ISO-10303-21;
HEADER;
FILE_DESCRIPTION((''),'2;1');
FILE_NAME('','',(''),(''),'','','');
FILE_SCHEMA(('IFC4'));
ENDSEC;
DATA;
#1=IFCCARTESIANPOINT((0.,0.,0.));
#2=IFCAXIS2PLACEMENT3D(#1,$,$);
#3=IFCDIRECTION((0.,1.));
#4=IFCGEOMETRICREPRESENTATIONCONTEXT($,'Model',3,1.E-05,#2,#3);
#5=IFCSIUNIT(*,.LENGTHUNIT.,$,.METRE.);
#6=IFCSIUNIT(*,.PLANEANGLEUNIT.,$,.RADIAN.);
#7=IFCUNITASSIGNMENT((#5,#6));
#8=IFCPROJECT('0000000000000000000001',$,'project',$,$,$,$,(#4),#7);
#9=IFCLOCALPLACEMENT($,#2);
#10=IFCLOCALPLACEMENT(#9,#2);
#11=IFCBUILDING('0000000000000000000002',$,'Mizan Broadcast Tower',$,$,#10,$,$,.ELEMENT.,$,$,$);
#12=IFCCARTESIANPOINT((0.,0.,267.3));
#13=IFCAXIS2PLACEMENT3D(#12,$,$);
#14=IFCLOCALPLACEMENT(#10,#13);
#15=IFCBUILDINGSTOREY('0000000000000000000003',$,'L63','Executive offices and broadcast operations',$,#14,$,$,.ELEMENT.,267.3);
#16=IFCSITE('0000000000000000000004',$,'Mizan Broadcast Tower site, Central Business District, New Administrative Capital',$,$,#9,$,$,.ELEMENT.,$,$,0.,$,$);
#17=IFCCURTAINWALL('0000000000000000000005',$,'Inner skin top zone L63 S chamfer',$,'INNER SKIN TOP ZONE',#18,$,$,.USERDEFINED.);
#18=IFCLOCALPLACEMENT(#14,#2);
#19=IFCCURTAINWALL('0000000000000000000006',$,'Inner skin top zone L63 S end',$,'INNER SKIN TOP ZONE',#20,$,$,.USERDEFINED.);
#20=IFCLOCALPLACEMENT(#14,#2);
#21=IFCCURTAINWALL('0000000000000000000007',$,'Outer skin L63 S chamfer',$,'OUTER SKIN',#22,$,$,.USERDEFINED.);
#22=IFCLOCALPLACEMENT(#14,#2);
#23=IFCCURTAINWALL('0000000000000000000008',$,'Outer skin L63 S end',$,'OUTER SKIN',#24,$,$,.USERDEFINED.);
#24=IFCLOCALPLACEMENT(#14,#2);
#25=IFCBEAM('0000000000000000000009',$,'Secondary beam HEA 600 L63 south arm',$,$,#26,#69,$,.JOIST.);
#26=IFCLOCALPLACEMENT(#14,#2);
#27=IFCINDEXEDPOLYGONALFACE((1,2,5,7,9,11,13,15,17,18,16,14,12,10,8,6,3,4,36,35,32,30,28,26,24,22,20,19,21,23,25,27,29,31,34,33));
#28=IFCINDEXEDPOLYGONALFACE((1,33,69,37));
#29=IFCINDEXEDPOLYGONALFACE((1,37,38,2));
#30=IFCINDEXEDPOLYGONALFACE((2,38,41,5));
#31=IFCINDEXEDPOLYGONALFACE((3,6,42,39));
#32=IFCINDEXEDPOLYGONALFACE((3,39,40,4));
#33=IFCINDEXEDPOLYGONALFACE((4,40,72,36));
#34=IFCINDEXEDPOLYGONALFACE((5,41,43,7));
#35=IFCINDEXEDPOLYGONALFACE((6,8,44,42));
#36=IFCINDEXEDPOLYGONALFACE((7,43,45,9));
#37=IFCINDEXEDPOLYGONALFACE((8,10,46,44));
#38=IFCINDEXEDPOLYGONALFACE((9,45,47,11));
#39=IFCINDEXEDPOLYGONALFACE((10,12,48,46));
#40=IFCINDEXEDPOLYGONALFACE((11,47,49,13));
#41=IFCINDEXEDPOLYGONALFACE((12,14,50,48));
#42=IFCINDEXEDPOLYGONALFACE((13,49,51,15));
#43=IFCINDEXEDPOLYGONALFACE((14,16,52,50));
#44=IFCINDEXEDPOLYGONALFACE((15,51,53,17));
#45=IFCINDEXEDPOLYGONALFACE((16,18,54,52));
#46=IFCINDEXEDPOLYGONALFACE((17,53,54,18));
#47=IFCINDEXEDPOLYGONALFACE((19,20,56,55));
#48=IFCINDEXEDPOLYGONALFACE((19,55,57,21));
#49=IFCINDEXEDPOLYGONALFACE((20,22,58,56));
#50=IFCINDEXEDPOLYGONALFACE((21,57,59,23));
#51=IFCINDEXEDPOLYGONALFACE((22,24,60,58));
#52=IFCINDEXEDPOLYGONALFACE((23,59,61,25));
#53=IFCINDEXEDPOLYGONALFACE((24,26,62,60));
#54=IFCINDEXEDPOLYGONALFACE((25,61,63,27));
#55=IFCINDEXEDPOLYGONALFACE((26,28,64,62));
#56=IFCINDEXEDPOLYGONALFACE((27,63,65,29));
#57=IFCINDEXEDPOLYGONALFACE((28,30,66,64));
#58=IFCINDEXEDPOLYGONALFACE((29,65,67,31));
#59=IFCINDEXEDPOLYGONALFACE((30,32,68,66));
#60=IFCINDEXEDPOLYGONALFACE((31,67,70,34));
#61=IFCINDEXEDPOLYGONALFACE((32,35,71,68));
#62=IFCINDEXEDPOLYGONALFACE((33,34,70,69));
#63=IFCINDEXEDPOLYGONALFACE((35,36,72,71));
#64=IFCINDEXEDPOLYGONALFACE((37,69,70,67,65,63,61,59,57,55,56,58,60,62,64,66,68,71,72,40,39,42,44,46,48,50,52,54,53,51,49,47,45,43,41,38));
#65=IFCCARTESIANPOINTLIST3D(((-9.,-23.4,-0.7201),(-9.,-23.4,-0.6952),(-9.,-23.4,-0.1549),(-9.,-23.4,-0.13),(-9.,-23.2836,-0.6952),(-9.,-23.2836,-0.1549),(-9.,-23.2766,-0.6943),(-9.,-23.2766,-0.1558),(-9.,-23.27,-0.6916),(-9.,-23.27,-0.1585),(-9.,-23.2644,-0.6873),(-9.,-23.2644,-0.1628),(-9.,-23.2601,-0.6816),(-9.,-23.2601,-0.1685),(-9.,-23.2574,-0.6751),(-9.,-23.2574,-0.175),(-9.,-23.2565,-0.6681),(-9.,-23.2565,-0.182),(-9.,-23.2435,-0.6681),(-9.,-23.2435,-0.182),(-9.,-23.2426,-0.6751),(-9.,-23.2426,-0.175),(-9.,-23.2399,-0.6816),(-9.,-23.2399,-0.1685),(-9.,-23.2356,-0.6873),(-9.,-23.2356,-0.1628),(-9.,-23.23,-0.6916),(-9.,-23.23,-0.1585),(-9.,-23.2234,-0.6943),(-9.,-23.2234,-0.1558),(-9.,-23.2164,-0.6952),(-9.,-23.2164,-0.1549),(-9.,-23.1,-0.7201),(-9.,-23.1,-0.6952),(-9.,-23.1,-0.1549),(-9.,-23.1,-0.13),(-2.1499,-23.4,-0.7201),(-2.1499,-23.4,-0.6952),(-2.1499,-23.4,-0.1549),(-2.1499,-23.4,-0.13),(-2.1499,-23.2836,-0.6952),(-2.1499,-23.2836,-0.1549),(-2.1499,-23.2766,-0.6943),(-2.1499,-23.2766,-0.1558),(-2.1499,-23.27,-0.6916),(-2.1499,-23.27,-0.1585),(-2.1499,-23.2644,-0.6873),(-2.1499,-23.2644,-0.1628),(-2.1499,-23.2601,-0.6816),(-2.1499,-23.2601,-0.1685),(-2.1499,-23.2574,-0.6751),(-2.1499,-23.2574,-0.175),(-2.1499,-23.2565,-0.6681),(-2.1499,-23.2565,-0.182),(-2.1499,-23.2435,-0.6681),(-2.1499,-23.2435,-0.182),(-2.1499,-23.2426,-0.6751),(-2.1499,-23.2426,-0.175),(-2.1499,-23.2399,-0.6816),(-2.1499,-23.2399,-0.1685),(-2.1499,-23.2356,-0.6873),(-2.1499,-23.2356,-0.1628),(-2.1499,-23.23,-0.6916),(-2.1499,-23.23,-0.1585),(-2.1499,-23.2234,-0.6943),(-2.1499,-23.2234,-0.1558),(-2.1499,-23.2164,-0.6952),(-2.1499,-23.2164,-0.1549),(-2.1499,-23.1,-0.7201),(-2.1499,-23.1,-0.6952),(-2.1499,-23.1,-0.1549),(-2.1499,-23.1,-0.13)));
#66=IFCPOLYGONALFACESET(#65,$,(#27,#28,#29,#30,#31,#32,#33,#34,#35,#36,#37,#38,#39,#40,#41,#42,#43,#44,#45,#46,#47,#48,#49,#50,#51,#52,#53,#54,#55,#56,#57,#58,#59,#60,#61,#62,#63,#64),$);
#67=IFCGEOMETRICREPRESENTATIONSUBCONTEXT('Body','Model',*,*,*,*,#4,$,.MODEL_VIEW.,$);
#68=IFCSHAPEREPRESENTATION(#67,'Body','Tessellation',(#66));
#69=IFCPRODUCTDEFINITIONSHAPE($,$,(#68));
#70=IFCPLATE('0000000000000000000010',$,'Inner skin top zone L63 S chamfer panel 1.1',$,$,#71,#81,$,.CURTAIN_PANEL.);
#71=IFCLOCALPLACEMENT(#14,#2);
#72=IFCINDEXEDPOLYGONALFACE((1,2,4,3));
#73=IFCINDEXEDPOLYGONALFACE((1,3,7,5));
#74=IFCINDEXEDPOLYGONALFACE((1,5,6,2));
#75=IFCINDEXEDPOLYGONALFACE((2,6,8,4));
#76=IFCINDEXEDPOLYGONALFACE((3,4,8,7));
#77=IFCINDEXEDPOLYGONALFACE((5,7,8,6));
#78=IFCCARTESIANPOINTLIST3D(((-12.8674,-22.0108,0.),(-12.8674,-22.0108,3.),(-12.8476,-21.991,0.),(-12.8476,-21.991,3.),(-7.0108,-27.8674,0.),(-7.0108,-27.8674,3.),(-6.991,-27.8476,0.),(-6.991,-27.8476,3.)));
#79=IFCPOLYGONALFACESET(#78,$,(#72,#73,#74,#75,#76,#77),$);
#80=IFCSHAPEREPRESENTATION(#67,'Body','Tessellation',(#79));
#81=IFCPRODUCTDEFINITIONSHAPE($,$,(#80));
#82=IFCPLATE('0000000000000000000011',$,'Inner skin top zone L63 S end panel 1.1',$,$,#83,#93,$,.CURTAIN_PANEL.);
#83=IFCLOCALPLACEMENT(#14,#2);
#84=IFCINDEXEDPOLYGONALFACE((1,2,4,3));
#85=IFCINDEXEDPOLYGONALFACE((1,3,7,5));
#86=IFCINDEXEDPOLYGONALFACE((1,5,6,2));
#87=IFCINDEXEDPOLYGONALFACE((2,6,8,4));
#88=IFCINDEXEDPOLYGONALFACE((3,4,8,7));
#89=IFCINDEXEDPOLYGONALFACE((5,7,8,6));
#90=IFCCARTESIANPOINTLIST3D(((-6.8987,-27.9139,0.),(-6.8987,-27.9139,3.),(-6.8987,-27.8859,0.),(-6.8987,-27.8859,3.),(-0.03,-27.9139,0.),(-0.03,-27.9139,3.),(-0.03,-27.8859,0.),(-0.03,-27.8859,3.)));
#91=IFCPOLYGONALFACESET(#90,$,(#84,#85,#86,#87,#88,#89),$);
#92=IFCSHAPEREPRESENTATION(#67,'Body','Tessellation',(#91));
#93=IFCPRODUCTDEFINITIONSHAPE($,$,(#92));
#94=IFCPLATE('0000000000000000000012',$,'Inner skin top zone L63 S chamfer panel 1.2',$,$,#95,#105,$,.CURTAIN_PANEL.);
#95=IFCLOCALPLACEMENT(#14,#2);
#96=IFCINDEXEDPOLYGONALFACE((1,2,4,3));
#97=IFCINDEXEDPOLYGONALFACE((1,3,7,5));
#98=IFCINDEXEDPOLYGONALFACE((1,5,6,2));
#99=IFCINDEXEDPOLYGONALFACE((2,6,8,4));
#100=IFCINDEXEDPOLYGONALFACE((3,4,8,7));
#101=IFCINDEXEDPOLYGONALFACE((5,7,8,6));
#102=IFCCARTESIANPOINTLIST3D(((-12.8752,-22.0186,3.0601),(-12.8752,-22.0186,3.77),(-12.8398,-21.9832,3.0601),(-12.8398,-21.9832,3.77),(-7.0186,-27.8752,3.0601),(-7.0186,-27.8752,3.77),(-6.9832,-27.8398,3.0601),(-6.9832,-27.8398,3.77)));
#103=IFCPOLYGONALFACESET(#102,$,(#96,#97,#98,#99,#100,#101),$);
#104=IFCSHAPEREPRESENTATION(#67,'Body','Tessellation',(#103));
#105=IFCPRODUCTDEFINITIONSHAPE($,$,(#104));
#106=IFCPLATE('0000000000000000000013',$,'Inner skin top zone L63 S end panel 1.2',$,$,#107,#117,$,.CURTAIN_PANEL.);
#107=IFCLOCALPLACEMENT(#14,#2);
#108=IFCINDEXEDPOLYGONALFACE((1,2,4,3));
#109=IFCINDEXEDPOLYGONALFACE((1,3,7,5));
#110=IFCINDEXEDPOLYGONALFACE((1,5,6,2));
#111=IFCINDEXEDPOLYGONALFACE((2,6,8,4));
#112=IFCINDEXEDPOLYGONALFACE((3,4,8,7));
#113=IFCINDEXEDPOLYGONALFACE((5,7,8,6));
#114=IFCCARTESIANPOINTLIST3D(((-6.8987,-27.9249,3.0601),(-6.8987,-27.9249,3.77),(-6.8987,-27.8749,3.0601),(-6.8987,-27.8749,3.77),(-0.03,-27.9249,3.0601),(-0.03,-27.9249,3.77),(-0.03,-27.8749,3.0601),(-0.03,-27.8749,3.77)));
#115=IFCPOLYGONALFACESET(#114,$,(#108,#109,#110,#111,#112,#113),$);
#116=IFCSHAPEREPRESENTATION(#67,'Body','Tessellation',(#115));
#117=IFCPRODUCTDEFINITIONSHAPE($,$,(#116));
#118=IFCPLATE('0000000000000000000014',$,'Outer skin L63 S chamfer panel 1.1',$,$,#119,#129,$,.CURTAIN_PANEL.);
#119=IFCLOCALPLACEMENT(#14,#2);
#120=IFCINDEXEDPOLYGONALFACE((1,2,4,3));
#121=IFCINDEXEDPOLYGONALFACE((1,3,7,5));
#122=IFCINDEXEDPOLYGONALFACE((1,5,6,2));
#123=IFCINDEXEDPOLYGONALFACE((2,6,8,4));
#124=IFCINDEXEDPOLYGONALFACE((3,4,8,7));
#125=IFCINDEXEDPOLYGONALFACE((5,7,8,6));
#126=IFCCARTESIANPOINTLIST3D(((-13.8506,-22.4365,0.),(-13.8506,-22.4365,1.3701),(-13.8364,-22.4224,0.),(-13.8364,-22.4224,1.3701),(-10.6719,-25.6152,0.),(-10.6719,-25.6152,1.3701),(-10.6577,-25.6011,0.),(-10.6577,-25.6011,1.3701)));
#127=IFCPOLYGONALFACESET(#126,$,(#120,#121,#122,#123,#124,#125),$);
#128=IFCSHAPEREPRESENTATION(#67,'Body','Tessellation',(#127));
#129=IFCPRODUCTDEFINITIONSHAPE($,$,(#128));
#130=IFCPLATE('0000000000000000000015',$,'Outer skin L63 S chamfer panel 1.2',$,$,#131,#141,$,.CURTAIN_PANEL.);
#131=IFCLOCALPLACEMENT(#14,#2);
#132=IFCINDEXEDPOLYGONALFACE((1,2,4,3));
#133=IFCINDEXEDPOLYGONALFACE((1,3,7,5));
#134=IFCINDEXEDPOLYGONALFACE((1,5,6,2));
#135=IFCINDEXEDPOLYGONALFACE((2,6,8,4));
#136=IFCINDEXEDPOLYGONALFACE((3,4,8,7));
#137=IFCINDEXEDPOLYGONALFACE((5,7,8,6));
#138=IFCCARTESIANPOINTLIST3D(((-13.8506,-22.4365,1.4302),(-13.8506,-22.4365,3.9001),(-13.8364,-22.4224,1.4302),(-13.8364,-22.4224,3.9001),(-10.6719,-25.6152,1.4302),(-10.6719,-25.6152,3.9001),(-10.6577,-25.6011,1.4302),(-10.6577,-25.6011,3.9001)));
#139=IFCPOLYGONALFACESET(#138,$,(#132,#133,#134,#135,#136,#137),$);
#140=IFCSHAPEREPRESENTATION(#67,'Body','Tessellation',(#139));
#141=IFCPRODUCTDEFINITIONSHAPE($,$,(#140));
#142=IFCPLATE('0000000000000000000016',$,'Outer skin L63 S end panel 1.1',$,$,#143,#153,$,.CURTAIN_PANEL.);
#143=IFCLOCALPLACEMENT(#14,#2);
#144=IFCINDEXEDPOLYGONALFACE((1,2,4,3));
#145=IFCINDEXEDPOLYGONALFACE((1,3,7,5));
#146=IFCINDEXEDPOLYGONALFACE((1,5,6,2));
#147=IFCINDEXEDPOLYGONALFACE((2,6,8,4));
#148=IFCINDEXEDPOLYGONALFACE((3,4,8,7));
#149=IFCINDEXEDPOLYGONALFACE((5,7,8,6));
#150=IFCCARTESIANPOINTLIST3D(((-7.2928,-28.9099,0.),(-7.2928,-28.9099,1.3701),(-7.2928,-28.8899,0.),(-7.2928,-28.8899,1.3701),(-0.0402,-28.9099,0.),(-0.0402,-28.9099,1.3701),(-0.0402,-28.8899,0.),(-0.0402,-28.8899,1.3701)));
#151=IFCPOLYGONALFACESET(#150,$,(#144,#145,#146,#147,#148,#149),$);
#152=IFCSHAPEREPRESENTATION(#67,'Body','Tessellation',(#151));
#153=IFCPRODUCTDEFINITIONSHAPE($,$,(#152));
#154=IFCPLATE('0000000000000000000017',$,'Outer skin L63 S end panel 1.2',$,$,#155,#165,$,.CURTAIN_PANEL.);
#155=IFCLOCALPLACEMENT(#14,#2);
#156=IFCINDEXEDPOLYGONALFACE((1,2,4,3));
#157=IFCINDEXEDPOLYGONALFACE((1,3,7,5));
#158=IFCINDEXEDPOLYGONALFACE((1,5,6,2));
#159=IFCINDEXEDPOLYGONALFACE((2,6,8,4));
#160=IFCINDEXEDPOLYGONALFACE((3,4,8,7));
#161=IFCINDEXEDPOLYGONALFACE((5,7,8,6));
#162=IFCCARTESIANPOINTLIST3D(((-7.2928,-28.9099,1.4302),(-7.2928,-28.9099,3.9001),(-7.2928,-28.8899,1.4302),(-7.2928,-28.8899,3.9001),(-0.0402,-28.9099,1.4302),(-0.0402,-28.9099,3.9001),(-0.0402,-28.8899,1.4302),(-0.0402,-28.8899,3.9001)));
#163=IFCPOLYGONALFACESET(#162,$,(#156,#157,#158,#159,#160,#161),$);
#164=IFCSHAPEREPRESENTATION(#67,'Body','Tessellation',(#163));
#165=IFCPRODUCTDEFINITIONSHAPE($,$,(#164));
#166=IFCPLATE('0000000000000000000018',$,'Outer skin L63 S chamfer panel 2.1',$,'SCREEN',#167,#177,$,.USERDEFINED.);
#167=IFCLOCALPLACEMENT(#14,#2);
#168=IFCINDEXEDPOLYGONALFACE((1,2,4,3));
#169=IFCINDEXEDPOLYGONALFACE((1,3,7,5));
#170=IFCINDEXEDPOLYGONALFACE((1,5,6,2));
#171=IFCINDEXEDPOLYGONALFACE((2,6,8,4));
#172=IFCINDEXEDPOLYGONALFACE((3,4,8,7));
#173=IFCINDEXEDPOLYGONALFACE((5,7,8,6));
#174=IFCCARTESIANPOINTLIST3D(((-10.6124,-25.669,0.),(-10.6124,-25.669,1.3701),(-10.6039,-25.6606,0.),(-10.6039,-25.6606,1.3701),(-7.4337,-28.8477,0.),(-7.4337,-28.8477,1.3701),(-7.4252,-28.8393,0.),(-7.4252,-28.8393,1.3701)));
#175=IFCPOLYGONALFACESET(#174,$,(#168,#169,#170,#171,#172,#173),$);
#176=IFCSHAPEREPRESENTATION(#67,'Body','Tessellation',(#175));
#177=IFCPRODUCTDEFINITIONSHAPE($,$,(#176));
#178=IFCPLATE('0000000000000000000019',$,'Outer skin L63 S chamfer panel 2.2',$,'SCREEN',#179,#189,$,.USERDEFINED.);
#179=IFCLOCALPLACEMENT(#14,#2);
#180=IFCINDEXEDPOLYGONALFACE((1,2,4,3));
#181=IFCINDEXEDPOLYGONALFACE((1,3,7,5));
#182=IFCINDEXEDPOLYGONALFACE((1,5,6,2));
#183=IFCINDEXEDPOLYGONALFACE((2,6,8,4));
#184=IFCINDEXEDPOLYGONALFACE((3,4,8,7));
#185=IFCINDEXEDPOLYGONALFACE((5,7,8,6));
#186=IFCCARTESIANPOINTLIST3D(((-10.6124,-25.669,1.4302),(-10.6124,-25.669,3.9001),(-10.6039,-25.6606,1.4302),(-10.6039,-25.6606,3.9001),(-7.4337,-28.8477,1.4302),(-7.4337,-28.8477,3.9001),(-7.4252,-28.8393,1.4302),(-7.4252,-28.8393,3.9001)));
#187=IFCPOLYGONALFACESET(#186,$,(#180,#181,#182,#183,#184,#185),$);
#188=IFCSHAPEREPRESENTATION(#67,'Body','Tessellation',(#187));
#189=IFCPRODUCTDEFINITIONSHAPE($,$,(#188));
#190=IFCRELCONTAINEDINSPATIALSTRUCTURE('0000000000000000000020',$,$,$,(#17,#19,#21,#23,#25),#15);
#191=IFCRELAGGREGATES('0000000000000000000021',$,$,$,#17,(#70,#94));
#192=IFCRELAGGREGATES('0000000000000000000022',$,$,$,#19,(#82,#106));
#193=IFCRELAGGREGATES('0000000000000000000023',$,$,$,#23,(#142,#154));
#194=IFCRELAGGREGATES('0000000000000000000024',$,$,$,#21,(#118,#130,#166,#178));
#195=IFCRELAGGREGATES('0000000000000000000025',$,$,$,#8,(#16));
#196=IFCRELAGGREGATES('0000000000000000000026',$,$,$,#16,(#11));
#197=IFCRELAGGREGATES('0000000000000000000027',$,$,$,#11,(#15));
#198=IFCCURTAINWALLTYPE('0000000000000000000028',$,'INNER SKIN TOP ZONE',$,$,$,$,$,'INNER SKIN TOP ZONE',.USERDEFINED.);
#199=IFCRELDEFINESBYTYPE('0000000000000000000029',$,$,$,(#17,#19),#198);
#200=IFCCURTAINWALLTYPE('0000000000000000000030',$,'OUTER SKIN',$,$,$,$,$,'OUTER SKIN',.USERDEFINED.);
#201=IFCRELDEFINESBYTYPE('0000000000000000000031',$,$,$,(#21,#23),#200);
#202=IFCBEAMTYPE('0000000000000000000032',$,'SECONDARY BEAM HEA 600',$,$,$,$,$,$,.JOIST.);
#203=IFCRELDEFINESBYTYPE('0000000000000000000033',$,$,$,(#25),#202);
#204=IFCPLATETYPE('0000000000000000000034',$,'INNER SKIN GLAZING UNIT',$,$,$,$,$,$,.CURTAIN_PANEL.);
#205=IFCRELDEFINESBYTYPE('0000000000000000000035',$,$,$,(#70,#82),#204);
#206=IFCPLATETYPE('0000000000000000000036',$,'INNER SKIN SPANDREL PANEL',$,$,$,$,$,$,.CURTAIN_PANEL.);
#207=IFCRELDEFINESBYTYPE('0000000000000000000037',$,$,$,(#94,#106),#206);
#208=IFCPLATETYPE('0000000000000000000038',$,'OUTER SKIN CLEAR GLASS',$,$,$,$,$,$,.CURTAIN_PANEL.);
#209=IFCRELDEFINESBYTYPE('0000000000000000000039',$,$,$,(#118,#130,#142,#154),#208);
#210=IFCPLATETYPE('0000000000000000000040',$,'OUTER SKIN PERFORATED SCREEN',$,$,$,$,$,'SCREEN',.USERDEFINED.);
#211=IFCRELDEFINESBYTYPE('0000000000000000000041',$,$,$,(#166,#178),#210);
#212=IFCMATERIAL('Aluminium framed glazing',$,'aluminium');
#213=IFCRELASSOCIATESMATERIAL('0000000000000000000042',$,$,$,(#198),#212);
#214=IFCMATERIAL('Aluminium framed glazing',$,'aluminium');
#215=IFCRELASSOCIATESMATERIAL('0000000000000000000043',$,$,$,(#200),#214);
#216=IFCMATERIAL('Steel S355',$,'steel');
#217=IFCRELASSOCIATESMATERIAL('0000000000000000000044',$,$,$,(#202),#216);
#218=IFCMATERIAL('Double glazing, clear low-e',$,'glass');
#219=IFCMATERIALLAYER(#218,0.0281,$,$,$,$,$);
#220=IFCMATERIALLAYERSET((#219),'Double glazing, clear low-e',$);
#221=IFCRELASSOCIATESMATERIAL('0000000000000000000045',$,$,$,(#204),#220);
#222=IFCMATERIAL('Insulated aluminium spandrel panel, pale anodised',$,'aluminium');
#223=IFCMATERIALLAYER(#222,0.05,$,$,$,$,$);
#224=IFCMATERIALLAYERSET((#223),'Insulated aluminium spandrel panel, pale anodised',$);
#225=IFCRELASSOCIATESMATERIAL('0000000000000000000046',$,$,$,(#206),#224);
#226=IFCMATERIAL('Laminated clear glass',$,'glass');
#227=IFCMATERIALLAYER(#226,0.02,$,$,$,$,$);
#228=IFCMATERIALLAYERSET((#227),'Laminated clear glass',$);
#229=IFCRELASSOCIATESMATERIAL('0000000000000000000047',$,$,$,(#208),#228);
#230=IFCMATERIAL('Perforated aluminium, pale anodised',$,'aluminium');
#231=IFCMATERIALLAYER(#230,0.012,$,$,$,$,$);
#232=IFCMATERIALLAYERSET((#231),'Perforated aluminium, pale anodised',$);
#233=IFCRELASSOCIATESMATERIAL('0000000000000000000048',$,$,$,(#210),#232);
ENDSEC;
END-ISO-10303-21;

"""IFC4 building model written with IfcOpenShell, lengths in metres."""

from ifc_helpers import new_model, si_unit, direction, frame, origin, origin_2d, place, context, subcontext, project, spatial, rectangle, i_section, extrude, material, layer, layer_set, material_profile, profile_set, type_object, element, aggregate, save


model = new_model("IFC4")

# Units and contexts
model_context = context("Model", 3, precision=1e-05, world=origin(), true_north=direction((0.0, 1.0)))
body_context = subcontext(model_context, "Body", "Model", "MODEL_VIEW")
ifc_project = project(units=[si_unit("LENGTHUNIT", "METRE"), si_unit("PLANEANGLEUNIT", "RADIAN")], contexts=[model_context])

# Site, building, storey
site_placement = place(None, origin())
site = spatial("IfcSite", under=ifc_project, at=site_placement, Name="Mizan Broadcast Tower site, Central Business District, New Administrative Capital", CompositionType="ELEMENT", RefElevation=0.0)
building_placement = place(site_placement, origin())
building = spatial("IfcBuilding", under=site, at=building_placement, Name="Mizan Broadcast Tower", CompositionType="ELEMENT")
storey_placement = place(building_placement, frame((0.0, 0.0, 267.3)))
storey = spatial("IfcBuildingStorey", under=building, at=storey_placement, Name="L63", Description="Executive offices and broadcast operations", CompositionType="ELEMENT", Elevation=267.3)

# Curtain walls
ifc_material_1 = material(Name="Aluminium framed glazing", Category="aluminium")
curtain_wall_type_1 = type_object("IfcCurtainWallType", Name="INNER SKIN TOP ZONE", ElementType="INNER SKIN TOP ZONE", PredefinedType="USERDEFINED", material=ifc_material_1)
curtain_wall_1_placement = place(storey_placement, origin())
curtain_wall_1 = element("IfcCurtainWall", 1, at=curtain_wall_1_placement, inside=storey, type_object=curtain_wall_type_1, Name="Inner skin top zone L63 S chamfer", ObjectType="INNER SKIN TOP ZONE", PredefinedType="USERDEFINED")
curtain_wall_2_placement = place(storey_placement, origin())
curtain_wall_2 = element("IfcCurtainWall", 2, at=curtain_wall_2_placement, inside=storey, type_object=curtain_wall_type_1, Name="Inner skin top zone L63 S end", ObjectType="INNER SKIN TOP ZONE", PredefinedType="USERDEFINED")

# Curtain wall
ifc_material_2 = material(Name="Aluminium framed glazing", Category="aluminium")
curtain_wall_type_2 = type_object("IfcCurtainWallType", Name="OUTER SKIN", ElementType="OUTER SKIN", PredefinedType="USERDEFINED", material=ifc_material_2)
curtain_wall_3_placement = place(storey_placement, origin())
curtain_wall_3 = element("IfcCurtainWall", 3, at=curtain_wall_3_placement, inside=storey, type_object=curtain_wall_type_2, Name="Outer skin L63 S chamfer", ObjectType="OUTER SKIN", PredefinedType="USERDEFINED")

# Curtain wall
curtain_wall_4_placement = place(storey_placement, origin())
curtain_wall_4 = element("IfcCurtainWall", 4, at=curtain_wall_4_placement, inside=storey, type_object=curtain_wall_type_2, Name="Outer skin L63 S end", ObjectType="OUTER SKIN", PredefinedType="USERDEFINED")

# Beam
ifc_material_3 = material(Name="Steel S355", Category="steel")
ifc_material_profile_1 = material_profile(ifc_material_3, i_section(OverallWidth=0.3, OverallDepth=0.5901, WebThickness=0.0129, FlangeThickness=0.0249, FilletRadius=0.0271, at=origin_2d()), Name="HEA 600")
ifc_profile_set_1 = profile_set([ifc_material_profile_1], Name="Steel S355")
beam_type_1 = type_object("IfcBeamType", Name="SECONDARY BEAM HEA 600", PredefinedType="JOIST", material=ifc_profile_set_1)
beam_1_placement = place(storey_placement, frame((-9.0, -23.25, -0.425), z_axis=(1.0, 0.0, 0.0), x_axis=(0.0, 1.0, 0.0)))
element("IfcBeam", 5, at=beam_1_placement, inside=storey, type_object=beam_type_1, Name="Secondary beam HEA 600 L63 south arm", PredefinedType="JOIST", context=body_context, shape_type="SweptSolid", body=[
    extrude(i_section(OverallWidth=0.3, OverallDepth=0.5901, WebThickness=0.0129, FlangeThickness=0.0249, FilletRadius=0.0271, at=origin_2d()), origin(), (0.0, 0.0, 1.0), 6.8501),
])

# Plates
ifc_material_4 = material(Name="Double glazing, clear low-e", Category="glass")
ifc_layer_1 = layer(ifc_material_4, 0.0281)
ifc_layer_set_1 = layer_set([ifc_layer_1], Name="Double glazing, clear low-e")
plate_type_1 = type_object("IfcPlateType", Name="INNER SKIN GLAZING UNIT", PredefinedType="CURTAIN_PANEL", material=ifc_layer_set_1)
plate_1_placement = place(storey_placement, frame((-9.9292, -24.9292, 0.0), z_axis=(0.0, 0.0, 1.0), x_axis=(0.707107, -0.707107, 0.0)))
plate_1 = element("IfcPlate", 6, at=plate_1_placement, type_object=plate_type_1, Name="Inner skin top zone L63 S chamfer panel 1.1", PredefinedType="CURTAIN_PANEL", context=body_context, shape_type="SweptSolid", body=[
    extrude(rectangle(XDim=8.2825, YDim=0.0281, at=origin_2d()), origin(), (0.0, 0.0, 1.0), 3.0),
])
plate_2_placement = place(storey_placement, frame((-3.4644, -27.8999, 0.0), z_axis=(0.0, 0.0, 1.0), x_axis=(1.0, 0.0, 0.0)))
plate_2 = element("IfcPlate", 7, at=plate_2_placement, type_object=plate_type_1, Name="Inner skin top zone L63 S end panel 1.1", PredefinedType="CURTAIN_PANEL", context=body_context, shape_type="SweptSolid", body=[
    extrude(rectangle(XDim=6.8687, YDim=0.0281, at=origin_2d()), origin(), (0.0, 0.0, 1.0), 3.0),
])
ifc_material_5 = material(Name="Insulated aluminium spandrel panel, pale anodised", Category="aluminium")
ifc_layer_2 = layer(ifc_material_5, 0.05)
ifc_layer_set_2 = layer_set([ifc_layer_2], Name="Insulated aluminium spandrel panel, pale anodised")
plate_type_2 = type_object("IfcPlateType", Name="INNER SKIN SPANDREL PANEL", PredefinedType="CURTAIN_PANEL", material=ifc_layer_set_2)
plate_3_placement = place(storey_placement, frame((-9.9292, -24.9292, 3.0601), z_axis=(0.0, 0.0, 1.0), x_axis=(0.707107, -0.707107, 0.0)))
plate_3 = element("IfcPlate", 8, at=plate_3_placement, type_object=plate_type_2, Name="Inner skin top zone L63 S chamfer panel 1.2", PredefinedType="CURTAIN_PANEL", context=body_context, shape_type="SweptSolid", body=[
    extrude(rectangle(XDim=8.2825, YDim=0.05, at=origin_2d()), origin(), (0.0, 0.0, 1.0), 0.71),
])
aggregate(curtain_wall_1, [plate_1, plate_3])
plate_4_placement = place(storey_placement, frame((-3.4644, -27.8999, 3.0601), z_axis=(0.0, 0.0, 1.0), x_axis=(1.0, 0.0, 0.0)))
plate_4 = element("IfcPlate", 9, at=plate_4_placement, type_object=plate_type_2, Name="Inner skin top zone L63 S end panel 1.2", PredefinedType="CURTAIN_PANEL", context=body_context, shape_type="SweptSolid", body=[
    extrude(rectangle(XDim=6.8687, YDim=0.05, at=origin_2d()), origin(), (0.0, 0.0, 1.0), 0.71),
])
aggregate(curtain_wall_2, [plate_2, plate_4])
ifc_material_6 = material(Name="Laminated clear glass", Category="glass")
ifc_layer_3 = layer(ifc_material_6, 0.02)
ifc_layer_set_3 = layer_set([ifc_layer_3], Name="Laminated clear glass")
plate_type_3 = type_object("IfcPlateType", Name="OUTER SKIN CLEAR GLASS", PredefinedType="CURTAIN_PANEL", material=ifc_layer_set_3)
plate_5_placement = place(storey_placement, frame((-12.2542, -24.0188, 0.0), z_axis=(0.0, 0.0, 1.0), x_axis=(0.707107, -0.707107, 0.0)))
plate_5 = element("IfcPlate", 10, at=plate_5_placement, type_object=plate_type_3, Name="Outer skin L63 S chamfer panel 1.1", PredefinedType="CURTAIN_PANEL", context=body_context, shape_type="SweptSolid", body=[
    extrude(rectangle(XDim=4.4954, YDim=0.02, at=origin_2d()), origin(), (0.0, 0.0, 1.0), 1.3701),
])
plate_6_placement = place(storey_placement, frame((-12.2542, -24.0188, 1.4302), z_axis=(0.0, 0.0, 1.0), x_axis=(0.707107, -0.707107, 0.0)))
plate_6 = element("IfcPlate", 11, at=plate_6_placement, type_object=plate_type_3, Name="Outer skin L63 S chamfer panel 1.2", PredefinedType="CURTAIN_PANEL", context=body_context, shape_type="SweptSolid", body=[
    extrude(rectangle(XDim=4.4954, YDim=0.02, at=origin_2d()), origin(), (0.0, 0.0, 1.0), 2.47),
])
plate_7_placement = place(storey_placement, frame((-3.6665, -28.8999, 0.0), z_axis=(0.0, 0.0, 1.0), x_axis=(1.0, 0.0, 0.0)))
plate_7 = element("IfcPlate", 12, at=plate_7_placement, type_object=plate_type_3, Name="Outer skin L63 S end panel 1.1", PredefinedType="CURTAIN_PANEL", context=body_context, shape_type="SweptSolid", body=[
    extrude(rectangle(XDim=7.2527, YDim=0.02, at=origin_2d()), origin(), (0.0, 0.0, 1.0), 1.3701),
])
plate_8_placement = place(storey_placement, frame((-3.6665, -28.8999, 1.4302), z_axis=(0.0, 0.0, 1.0), x_axis=(1.0, 0.0, 0.0)))
plate_8 = element("IfcPlate", 13, at=plate_8_placement, type_object=plate_type_3, Name="Outer skin L63 S end panel 1.2", PredefinedType="CURTAIN_PANEL", context=body_context, shape_type="SweptSolid", body=[
    extrude(rectangle(XDim=7.2527, YDim=0.02, at=origin_2d()), origin(), (0.0, 0.0, 1.0), 2.47),
])
aggregate(curtain_wall_4, [plate_7, plate_8])
ifc_material_7 = material(Name="Perforated aluminium, pale anodised", Category="aluminium")
ifc_layer_4 = layer(ifc_material_7, 0.012)
ifc_layer_set_4 = layer_set([ifc_layer_4], Name="Perforated aluminium, pale anodised")
plate_type_4 = type_object("IfcPlateType", Name="OUTER SKIN PERFORATED SCREEN", ElementType="SCREEN", PredefinedType="USERDEFINED", material=ifc_layer_set_4)
plate_9_placement = place(storey_placement, frame((-9.0188, -27.2542, 0.0), z_axis=(0.0, 0.0, 1.0), x_axis=(0.707107, -0.707107, 0.0)))
plate_9 = element("IfcPlate", 14, at=plate_9_placement, type_object=plate_type_4, Name="Outer skin L63 S chamfer panel 2.1", ObjectType="SCREEN", PredefinedType="USERDEFINED", context=body_context, shape_type="SweptSolid", body=[
    extrude(rectangle(XDim=4.4954, YDim=0.012, at=origin_2d()), origin(), (0.0, 0.0, 1.0), 1.3701),
])
plate_10_placement = place(storey_placement, frame((-9.0188, -27.2542, 1.4302), z_axis=(0.0, 0.0, 1.0), x_axis=(0.707107, -0.707107, 0.0)))
plate_10 = element("IfcPlate", 15, at=plate_10_placement, type_object=plate_type_4, Name="Outer skin L63 S chamfer panel 2.2", ObjectType="SCREEN", PredefinedType="USERDEFINED", context=body_context, shape_type="SweptSolid", body=[
    extrude(rectangle(XDim=4.4954, YDim=0.012, at=origin_2d()), origin(), (0.0, 0.0, 1.0), 2.47),
])
aggregate(curtain_wall_3, [plate_5, plate_6, plate_9, plate_10])

save(model, "model.ifc")
